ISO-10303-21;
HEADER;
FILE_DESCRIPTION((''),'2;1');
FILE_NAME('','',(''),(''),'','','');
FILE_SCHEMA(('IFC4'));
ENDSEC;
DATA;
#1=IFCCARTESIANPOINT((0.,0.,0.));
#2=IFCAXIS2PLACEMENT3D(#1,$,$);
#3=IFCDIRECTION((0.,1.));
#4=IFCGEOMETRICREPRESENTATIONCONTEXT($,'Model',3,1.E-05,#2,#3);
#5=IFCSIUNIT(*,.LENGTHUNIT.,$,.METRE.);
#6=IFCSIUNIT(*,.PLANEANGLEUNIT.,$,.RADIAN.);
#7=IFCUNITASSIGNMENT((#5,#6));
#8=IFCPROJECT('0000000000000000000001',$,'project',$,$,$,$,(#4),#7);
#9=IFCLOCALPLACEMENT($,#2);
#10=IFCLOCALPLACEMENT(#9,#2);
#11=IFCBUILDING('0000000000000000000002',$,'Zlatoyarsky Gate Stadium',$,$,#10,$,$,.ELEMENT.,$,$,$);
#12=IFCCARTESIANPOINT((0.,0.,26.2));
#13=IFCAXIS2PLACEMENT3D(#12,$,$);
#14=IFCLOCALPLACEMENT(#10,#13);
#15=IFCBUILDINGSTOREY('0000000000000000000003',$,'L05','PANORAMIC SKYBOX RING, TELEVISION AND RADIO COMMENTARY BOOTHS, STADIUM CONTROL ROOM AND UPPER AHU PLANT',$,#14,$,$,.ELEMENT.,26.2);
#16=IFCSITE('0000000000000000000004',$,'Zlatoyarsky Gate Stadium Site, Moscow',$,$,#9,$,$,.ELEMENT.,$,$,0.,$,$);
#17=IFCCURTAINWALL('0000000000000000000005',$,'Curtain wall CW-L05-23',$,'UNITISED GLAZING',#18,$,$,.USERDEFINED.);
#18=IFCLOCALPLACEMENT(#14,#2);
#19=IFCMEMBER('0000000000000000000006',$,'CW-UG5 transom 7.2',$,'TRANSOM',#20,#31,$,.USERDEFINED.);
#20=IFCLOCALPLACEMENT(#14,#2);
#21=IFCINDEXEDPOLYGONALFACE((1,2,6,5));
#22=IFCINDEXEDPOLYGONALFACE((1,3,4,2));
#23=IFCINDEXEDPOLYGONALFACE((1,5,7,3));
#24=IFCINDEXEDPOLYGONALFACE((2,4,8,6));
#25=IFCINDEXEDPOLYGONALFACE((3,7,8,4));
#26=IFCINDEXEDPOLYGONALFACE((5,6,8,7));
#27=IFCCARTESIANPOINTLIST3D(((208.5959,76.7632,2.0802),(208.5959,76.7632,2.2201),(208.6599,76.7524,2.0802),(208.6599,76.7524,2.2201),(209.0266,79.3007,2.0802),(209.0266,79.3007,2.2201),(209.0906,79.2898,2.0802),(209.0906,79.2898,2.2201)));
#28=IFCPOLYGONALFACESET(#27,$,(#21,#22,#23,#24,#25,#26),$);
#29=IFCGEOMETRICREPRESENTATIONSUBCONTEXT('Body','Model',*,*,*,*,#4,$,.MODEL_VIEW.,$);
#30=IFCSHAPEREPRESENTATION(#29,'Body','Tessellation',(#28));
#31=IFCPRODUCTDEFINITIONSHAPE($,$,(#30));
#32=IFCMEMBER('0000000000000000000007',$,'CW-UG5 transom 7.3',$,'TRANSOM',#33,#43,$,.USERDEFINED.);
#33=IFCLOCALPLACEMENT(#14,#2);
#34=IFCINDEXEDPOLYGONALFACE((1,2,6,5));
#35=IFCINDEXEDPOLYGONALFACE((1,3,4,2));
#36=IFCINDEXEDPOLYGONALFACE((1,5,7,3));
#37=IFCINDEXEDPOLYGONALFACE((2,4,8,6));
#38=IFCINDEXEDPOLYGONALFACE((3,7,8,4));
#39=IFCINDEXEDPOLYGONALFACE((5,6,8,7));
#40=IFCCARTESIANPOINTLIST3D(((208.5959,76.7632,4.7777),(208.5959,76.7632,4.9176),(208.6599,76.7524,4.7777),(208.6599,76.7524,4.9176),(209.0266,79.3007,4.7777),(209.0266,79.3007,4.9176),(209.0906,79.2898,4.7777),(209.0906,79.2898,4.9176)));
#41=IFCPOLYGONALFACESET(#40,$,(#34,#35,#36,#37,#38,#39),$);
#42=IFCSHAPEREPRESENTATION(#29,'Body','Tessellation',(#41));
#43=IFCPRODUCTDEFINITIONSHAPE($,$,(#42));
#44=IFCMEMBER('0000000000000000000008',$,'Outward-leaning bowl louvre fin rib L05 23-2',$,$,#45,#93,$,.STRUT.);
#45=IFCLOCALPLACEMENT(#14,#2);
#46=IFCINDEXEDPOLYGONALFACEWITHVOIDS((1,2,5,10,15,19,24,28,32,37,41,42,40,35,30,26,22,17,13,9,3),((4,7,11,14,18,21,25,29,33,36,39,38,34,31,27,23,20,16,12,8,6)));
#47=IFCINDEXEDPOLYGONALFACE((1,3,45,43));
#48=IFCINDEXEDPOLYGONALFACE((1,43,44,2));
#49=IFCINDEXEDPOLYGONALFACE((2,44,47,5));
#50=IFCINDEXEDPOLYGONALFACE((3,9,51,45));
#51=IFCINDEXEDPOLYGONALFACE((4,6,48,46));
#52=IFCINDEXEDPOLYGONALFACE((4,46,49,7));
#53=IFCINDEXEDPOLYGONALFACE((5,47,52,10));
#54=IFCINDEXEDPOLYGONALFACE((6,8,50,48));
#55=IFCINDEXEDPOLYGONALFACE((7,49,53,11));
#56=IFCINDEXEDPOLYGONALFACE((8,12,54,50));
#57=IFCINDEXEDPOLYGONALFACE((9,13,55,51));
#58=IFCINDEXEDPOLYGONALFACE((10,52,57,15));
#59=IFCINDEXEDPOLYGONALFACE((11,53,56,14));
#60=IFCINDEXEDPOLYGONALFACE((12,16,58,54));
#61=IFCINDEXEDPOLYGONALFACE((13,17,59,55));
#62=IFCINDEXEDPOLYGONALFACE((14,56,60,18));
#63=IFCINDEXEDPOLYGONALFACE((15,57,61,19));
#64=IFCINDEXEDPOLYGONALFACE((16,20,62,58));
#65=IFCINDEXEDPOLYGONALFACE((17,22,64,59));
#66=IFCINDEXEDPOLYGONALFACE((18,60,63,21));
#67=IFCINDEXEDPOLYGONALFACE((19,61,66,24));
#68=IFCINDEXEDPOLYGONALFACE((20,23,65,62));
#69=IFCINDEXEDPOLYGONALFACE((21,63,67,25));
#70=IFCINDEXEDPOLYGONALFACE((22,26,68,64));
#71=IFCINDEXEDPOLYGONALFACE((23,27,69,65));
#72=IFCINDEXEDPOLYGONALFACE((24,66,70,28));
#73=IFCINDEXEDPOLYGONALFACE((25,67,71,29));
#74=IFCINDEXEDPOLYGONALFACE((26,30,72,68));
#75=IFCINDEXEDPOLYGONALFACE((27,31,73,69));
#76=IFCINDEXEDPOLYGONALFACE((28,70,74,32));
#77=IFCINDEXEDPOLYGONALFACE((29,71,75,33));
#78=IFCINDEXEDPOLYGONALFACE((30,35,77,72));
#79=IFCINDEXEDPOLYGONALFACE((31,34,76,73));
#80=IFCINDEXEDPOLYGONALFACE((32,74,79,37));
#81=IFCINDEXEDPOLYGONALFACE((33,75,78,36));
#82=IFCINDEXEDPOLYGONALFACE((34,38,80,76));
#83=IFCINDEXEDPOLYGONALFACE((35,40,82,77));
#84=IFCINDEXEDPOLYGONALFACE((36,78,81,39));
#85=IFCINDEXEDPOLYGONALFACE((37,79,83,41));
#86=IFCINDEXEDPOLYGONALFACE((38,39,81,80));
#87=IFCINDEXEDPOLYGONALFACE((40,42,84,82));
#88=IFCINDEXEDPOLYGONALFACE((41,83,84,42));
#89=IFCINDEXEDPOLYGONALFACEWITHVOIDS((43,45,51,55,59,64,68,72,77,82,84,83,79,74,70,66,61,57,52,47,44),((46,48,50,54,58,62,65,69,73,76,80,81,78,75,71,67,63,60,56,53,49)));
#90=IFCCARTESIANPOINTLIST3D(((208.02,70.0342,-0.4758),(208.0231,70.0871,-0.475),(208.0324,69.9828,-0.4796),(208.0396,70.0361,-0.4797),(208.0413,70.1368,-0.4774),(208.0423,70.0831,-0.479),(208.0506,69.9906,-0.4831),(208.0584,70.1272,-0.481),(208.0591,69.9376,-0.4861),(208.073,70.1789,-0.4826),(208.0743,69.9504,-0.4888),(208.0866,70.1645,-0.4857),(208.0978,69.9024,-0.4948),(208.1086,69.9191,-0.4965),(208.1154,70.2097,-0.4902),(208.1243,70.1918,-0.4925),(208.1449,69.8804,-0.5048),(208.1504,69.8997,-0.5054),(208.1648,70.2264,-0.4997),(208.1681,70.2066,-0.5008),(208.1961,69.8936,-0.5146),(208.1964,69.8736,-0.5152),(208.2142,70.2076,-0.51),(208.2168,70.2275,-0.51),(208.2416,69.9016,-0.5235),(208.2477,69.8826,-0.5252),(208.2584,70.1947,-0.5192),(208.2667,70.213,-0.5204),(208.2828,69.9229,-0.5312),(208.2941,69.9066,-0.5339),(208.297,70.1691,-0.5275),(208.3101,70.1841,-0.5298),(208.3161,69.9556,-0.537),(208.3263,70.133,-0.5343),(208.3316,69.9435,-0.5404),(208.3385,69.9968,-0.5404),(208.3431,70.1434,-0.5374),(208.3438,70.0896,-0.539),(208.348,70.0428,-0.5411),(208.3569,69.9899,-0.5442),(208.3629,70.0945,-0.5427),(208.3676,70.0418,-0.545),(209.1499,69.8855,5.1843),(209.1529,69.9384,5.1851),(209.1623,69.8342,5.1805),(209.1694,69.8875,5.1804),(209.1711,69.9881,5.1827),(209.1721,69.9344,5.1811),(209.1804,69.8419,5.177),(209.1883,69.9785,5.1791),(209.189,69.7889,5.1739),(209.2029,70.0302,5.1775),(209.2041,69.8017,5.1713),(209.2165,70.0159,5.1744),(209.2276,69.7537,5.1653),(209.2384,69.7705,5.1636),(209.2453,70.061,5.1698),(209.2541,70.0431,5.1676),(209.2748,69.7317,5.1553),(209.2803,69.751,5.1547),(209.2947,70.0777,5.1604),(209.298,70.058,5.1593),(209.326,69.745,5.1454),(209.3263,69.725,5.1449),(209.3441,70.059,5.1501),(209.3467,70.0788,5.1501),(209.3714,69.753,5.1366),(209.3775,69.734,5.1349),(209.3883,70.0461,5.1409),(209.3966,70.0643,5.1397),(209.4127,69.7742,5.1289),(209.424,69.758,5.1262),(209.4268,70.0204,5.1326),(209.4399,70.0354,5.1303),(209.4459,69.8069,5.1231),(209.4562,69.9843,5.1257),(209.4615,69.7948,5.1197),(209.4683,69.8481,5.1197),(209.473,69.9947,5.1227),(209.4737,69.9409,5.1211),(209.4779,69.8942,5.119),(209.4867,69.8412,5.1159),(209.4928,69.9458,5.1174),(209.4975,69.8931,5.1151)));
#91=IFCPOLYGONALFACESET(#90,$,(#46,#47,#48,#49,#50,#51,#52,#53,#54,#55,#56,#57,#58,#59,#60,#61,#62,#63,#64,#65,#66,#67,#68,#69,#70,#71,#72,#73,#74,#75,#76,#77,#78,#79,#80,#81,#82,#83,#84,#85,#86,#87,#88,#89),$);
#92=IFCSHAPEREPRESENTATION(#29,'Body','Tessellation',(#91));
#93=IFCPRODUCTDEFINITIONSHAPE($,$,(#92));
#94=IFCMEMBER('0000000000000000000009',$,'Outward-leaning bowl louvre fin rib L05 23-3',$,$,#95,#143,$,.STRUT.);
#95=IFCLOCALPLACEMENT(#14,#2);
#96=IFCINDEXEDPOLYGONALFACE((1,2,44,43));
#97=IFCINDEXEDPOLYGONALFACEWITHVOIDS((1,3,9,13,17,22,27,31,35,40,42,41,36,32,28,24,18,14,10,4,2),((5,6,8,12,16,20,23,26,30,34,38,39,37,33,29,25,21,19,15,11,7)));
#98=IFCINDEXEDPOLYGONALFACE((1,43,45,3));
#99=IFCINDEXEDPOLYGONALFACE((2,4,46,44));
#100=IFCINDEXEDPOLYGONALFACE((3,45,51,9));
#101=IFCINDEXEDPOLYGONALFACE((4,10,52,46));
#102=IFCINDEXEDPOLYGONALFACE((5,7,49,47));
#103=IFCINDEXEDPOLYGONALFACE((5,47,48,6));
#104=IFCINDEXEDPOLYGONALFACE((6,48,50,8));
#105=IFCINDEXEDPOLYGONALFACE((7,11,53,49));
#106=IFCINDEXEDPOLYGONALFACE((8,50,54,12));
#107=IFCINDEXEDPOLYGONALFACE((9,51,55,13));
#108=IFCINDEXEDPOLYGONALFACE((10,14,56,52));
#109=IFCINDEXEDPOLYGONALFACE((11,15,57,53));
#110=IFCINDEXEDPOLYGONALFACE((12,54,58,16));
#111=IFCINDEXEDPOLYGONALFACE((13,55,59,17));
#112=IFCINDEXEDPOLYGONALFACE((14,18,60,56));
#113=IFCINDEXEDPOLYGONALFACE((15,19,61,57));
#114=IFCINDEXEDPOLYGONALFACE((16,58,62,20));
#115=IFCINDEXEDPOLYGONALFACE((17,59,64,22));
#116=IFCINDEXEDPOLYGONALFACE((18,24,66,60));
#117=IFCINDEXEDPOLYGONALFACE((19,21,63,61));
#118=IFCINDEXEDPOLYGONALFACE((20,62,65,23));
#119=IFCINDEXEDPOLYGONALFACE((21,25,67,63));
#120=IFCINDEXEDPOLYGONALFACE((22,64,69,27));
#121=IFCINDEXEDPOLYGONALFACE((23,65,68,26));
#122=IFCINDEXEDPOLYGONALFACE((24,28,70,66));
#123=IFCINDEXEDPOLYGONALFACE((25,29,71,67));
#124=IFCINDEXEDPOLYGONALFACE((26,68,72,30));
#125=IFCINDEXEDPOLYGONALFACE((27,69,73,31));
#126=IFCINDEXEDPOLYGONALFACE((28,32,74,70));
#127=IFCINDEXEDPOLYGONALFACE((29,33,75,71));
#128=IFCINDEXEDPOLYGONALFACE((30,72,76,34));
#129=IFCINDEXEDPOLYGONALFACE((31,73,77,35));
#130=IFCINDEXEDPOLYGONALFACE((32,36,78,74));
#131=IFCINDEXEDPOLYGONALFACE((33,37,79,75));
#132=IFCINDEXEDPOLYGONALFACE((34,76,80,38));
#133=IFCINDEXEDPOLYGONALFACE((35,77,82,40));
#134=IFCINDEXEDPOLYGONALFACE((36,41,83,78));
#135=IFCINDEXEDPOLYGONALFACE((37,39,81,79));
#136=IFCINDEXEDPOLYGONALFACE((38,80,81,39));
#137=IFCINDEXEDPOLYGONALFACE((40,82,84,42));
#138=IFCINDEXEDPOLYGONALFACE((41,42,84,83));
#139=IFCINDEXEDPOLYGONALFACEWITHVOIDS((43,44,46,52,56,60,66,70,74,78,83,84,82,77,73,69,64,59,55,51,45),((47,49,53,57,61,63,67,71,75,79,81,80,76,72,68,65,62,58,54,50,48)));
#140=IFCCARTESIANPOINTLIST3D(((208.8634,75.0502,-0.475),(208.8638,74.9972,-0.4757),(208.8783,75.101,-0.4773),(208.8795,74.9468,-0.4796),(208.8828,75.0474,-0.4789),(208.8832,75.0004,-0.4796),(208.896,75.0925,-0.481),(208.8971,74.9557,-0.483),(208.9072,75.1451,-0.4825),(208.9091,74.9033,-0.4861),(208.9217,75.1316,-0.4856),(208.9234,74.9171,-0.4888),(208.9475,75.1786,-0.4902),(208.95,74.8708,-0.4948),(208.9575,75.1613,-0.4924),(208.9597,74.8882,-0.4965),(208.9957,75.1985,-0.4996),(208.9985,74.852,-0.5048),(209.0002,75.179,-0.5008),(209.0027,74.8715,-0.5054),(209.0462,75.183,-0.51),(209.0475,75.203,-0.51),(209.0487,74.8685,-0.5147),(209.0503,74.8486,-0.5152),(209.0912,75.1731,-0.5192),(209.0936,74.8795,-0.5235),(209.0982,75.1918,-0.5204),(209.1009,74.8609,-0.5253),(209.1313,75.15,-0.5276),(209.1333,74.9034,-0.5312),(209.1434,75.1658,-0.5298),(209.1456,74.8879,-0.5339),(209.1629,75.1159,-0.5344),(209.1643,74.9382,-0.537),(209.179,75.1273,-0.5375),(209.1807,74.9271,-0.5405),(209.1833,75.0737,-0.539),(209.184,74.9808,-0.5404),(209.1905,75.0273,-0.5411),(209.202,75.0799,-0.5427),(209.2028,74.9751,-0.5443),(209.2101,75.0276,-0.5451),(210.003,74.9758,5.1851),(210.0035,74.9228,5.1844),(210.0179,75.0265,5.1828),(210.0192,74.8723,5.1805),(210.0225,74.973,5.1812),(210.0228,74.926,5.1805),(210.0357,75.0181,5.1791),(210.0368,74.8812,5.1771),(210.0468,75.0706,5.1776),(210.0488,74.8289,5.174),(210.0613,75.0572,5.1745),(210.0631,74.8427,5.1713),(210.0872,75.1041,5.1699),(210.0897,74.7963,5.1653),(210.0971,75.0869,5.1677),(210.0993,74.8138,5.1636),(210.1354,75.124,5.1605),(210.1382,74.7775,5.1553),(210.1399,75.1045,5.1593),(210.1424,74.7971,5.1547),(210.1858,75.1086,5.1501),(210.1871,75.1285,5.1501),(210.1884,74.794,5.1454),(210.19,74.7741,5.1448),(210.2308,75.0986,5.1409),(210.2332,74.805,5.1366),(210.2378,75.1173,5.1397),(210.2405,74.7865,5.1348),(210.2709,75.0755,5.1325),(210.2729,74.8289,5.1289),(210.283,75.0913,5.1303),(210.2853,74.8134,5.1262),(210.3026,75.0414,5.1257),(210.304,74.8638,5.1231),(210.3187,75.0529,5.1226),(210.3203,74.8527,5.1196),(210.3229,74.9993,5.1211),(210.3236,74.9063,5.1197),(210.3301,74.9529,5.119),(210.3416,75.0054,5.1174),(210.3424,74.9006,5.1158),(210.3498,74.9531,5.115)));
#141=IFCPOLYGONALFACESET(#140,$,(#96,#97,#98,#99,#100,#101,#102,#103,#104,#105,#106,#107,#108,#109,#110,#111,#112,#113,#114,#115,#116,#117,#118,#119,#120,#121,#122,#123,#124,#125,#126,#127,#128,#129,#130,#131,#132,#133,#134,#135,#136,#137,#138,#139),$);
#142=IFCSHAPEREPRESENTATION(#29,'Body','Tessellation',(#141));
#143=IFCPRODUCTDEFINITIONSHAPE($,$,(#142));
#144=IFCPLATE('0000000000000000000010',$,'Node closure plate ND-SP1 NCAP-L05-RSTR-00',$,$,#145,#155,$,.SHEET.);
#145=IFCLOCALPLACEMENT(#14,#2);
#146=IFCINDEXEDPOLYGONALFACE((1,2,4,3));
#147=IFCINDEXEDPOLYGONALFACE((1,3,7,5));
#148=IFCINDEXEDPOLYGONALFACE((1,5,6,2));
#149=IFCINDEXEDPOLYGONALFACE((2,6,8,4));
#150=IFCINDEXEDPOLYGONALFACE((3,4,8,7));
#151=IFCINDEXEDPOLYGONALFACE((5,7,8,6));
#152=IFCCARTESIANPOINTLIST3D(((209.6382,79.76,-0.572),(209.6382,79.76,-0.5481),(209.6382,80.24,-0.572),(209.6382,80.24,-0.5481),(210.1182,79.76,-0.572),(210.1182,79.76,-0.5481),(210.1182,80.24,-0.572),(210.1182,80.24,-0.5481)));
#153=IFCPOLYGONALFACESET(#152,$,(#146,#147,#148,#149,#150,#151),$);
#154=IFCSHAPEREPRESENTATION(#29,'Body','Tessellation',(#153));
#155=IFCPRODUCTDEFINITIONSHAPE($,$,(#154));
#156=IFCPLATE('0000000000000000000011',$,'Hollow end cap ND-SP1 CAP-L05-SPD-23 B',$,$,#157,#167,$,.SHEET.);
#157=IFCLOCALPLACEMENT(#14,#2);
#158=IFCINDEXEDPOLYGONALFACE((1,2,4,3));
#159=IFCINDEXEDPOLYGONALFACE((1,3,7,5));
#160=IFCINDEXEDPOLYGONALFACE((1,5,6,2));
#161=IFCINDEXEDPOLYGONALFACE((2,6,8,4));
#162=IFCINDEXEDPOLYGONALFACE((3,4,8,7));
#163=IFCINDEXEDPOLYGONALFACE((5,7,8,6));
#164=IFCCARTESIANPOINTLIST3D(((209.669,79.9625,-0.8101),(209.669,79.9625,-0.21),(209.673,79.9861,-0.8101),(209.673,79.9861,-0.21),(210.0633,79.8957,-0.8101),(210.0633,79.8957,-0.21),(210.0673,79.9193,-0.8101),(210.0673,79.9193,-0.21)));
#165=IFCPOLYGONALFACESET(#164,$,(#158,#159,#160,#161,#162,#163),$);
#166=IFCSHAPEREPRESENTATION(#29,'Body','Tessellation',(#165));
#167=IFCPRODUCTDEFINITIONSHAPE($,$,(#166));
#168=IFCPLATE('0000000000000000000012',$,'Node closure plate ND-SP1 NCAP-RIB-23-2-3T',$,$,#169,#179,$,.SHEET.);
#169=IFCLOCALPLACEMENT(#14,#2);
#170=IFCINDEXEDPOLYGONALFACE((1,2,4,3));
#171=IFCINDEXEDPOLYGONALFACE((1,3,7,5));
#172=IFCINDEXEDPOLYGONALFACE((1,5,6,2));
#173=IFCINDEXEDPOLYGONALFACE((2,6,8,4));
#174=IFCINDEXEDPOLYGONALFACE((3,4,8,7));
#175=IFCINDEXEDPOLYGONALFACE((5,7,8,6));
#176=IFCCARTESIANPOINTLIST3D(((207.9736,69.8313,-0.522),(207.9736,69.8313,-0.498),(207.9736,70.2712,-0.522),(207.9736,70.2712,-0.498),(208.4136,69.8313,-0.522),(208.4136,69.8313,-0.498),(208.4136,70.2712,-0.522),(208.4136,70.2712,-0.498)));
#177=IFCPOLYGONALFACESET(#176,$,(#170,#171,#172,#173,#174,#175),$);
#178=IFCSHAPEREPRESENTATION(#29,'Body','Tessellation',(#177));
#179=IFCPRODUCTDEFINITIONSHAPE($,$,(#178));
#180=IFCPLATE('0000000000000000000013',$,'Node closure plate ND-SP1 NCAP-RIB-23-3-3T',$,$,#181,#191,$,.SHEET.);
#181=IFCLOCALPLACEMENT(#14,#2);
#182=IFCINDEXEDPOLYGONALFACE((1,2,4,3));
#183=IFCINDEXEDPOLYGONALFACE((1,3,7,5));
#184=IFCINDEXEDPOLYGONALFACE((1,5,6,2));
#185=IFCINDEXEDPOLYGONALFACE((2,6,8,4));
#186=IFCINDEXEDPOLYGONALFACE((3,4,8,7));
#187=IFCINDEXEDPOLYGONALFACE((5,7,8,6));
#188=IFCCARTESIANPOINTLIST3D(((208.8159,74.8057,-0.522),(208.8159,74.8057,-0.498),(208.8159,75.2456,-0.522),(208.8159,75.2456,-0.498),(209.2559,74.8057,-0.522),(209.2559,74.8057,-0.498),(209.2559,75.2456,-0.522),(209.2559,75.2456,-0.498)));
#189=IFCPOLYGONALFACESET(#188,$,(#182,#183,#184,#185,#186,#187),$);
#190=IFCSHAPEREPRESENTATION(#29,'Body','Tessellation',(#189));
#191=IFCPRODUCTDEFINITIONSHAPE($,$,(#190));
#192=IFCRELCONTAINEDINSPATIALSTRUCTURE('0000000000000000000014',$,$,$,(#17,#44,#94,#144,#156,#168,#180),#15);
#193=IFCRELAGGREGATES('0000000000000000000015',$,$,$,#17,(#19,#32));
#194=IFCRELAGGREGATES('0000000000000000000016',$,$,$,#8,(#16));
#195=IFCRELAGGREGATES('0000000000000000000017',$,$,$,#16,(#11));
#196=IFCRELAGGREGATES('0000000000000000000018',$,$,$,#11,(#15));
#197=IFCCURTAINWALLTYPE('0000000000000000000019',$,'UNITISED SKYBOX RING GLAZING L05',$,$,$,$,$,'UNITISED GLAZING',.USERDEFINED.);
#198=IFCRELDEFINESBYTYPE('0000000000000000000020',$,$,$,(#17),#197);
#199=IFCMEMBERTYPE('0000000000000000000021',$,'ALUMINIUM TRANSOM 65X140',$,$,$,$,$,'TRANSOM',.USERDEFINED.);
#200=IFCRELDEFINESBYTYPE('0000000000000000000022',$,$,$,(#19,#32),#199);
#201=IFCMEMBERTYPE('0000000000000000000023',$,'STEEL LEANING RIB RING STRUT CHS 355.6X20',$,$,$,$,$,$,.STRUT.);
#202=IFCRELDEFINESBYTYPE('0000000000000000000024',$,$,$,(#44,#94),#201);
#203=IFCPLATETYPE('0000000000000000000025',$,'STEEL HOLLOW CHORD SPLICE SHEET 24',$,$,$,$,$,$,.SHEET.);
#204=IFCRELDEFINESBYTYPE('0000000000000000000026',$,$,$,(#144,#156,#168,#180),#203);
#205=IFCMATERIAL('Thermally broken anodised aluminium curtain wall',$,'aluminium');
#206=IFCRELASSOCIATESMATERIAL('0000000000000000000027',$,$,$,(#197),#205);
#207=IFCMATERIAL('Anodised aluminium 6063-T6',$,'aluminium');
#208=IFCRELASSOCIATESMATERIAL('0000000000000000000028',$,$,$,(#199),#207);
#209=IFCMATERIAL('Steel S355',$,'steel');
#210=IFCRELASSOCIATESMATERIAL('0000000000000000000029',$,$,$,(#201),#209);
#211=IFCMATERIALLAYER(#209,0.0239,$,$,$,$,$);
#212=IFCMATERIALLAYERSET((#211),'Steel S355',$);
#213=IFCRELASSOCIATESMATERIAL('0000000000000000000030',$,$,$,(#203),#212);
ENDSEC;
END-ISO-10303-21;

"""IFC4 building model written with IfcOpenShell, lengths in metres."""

from ifc_helpers import new_model, si_unit, direction, frame, origin, origin_2d, place, context, subcontext, project, spatial, rectangle, hollow_circle, extrude, material, layer, layer_set, material_profile, profile_set, type_object, element, aggregate, save


model = new_model("IFC4")

# Units and contexts
model_context = context("Model", 3, precision=1e-05, world=origin(), true_north=direction((0.0, 1.0)))
body_context = subcontext(model_context, "Body", "Model", "MODEL_VIEW")
ifc_project = project(units=[si_unit("LENGTHUNIT", "METRE"), si_unit("PLANEANGLEUNIT", "RADIAN")], contexts=[model_context])

# Site, building, storey
site_placement = place(None, origin())
site = spatial("IfcSite", under=ifc_project, at=site_placement, Name="Zlatoyarsky Gate Stadium Site, Moscow", CompositionType="ELEMENT", RefElevation=0.0)
building_placement = place(site_placement, origin())
building = spatial("IfcBuilding", under=site, at=building_placement, Name="Zlatoyarsky Gate Stadium", CompositionType="ELEMENT")
storey_placement = place(building_placement, frame((0.0, 0.0, 26.2)))
storey = spatial("IfcBuildingStorey", under=building, at=storey_placement, Name="L05", Description="PANORAMIC SKYBOX RING, TELEVISION AND RADIO COMMENTARY BOOTHS, STADIUM CONTROL ROOM AND UPPER AHU PLANT", CompositionType="ELEMENT", Elevation=26.2)

# Curtain wall, members
ifc_material_1 = material(Name="Thermally broken anodised aluminium curtain wall", Category="aluminium")
curtain_wall_type = type_object("IfcCurtainWallType", Name="UNITISED SKYBOX RING GLAZING L05", ElementType="UNITISED GLAZING", PredefinedType="USERDEFINED", material=ifc_material_1)
curtain_wall_placement = place(storey_placement, origin())
curtain_wall = element("IfcCurtainWall", 1, at=curtain_wall_placement, inside=storey, type_object=curtain_wall_type, Name="Curtain wall CW-L05-23", ObjectType="UNITISED GLAZING", PredefinedType="USERDEFINED")
ifc_material_2 = material(Name="Anodised aluminium 6063-T6", Category="aluminium")
ifc_material_profile_1 = material_profile(ifc_material_2, rectangle(XDim=0.0649, YDim=0.1399, at=origin_2d()), Name="ALU 65X140")
ifc_profile_set_1 = profile_set([ifc_material_profile_1], Name="Anodised aluminium 6063-T6")
member_type_1 = type_object("IfcMemberType", Name="ALUMINIUM TRANSOM 65X140", ElementType="TRANSOM", PredefinedType="USERDEFINED", material=ifc_profile_set_1)
member_1_placement = place(storey_placement, frame((208.6279, 76.7578, 2.1501), z_axis=(0.167336, 0.9859, 0.0), x_axis=(-0.9859, 0.167336, 0.0)))
member_1 = element("IfcMember", 2, at=member_1_placement, type_object=member_type_1, Name="CW-UG5 transom 7.2", ObjectType="TRANSOM", PredefinedType="USERDEFINED", context=body_context, shape_type="SweptSolid", body=[
    extrude(rectangle(XDim=0.0649, YDim=0.1399, at=origin_2d()), origin(), (0.0, 0.0, 1.0), 2.5737),
])
member_2_placement = place(storey_placement, frame((208.6279, 76.7578, 4.8477), z_axis=(0.167336, 0.9859, 0.0), x_axis=(-0.9859, 0.167336, 0.0)))
member_2 = element("IfcMember", 3, at=member_2_placement, type_object=member_type_1, Name="CW-UG5 transom 7.3", ObjectType="TRANSOM", PredefinedType="USERDEFINED", context=body_context, shape_type="SweptSolid", body=[
    extrude(rectangle(XDim=0.0649, YDim=0.1399, at=origin_2d()), origin(), (0.0, 0.0, 1.0), 2.5737),
])

# Members
ifc_material_3 = material(Name="Steel S355", Category="steel")
ifc_material_profile_2 = material_profile(ifc_material_3, hollow_circle(Radius=0.1777, WallThickness=0.02, at=origin_2d()), Name="CHS 355.6X20")
ifc_profile_set_2 = profile_set([ifc_material_profile_2], Name="Steel S355")
member_type_2 = type_object("IfcMemberType", Name="STEEL LEANING RIB RING STRUT CHS 355.6X20", PredefinedType="STRUT", material=ifc_profile_set_2)
member_3_placement = place(storey_placement, frame((208.1936, 70.0513, -0.51), z_axis=(0.195693, -0.025751, 0.980327), x_axis=(0.130466, 0.991453, 0.0)))
element("IfcMember", 4, at=member_3_placement, inside=storey, type_object=member_type_2, Name="Outward-leaning bowl louvre fin rib L05 23-2", PredefinedType="STRUT", context=body_context, shape_type="SweptSolid", body=[
    extrude(hollow_circle(Radius=0.1777, WallThickness=0.02, at=origin_2d()), origin(), (0.0, 0.0, 1.0), 5.7737),
])
member_4_placement = place(storey_placement, frame((209.0359, 75.0256, -0.51), z_axis=(0.197368, -0.012896, 0.980245), x_axis=(0.065199, 0.997872, 0.0)))
element("IfcMember", 5, at=member_4_placement, inside=storey, type_object=member_type_2, Name="Outward-leaning bowl louvre fin rib L05 23-3", PredefinedType="STRUT", context=body_context, shape_type="SweptSolid", body=[
    extrude(hollow_circle(Radius=0.1777, WallThickness=0.02, at=origin_2d()), origin(), (0.0, 0.0, 1.0), 5.7742),
])

# Plates
ifc_layer_1 = layer(ifc_material_3, 0.0239)
ifc_layer_set_1 = layer_set([ifc_layer_1], Name="Steel S355")
plate_type_1 = type_object("IfcPlateType", Name="STEEL HOLLOW CHORD SPLICE SHEET 24", PredefinedType="SHEET", material=ifc_layer_set_1)
plate_1_placement = place(storey_placement, frame((209.8782, 80.0, -0.572), z_axis=(0.0, 0.0, 1.0), x_axis=(1.0, 0.0, 0.0)))
element("IfcPlate", 6, at=plate_1_placement, inside=storey, type_object=plate_type_1, Name="Node closure plate ND-SP1 NCAP-L05-RSTR-00", PredefinedType="SHEET", context=body_context, shape_type="SweptSolid", body=[
    extrude(rectangle(XDim=0.48, YDim=0.48, at=origin_2d()), origin(), (0.0, 0.0, 1.0), 0.0239),
])
plate_2_placement = place(storey_placement, frame((209.8682, 79.9409, -0.8101), z_axis=(0.0, 0.0, 1.0), x_axis=(0.166951, 0.985965, 0.0)))
element("IfcPlate", 7, at=plate_2_placement, inside=storey, type_object=plate_type_1, Name="Hollow end cap ND-SP1 CAP-L05-SPD-23 B", PredefinedType="SHEET", context=body_context, shape_type="SweptSolid", body=[
    extrude(rectangle(XDim=0.0239, YDim=0.3999, at=origin_2d()), origin(), (0.0, 0.0, 1.0), 0.6001),
])
for number, where, z_axis, x_axis, name in (
    (8, (208.1936, 70.0513, -0.522), (0.0, 0.0, 1.0), (1.0, 0.0, 0.0), "Node closure plate ND-SP1 NCAP-RIB-23-2-3T"),
    (9, (209.0359, 75.0256, -0.522), (0.0, 0.0, 1.0), (1.0, 0.0, 0.0), "Node closure plate ND-SP1 NCAP-RIB-23-3-3T"),
):
    element("IfcPlate", number, at=place(storey_placement, frame(where, z_axis=z_axis, x_axis=x_axis)), inside=storey, type_object=plate_type_1, Name=name, PredefinedType="SHEET", context=body_context, shape_type="SweptSolid", body=[
        extrude(rectangle(XDim=0.4399, YDim=0.4399, at=origin_2d()), origin(), (0.0, 0.0, 1.0), 0.0239),
    ])

aggregate(curtain_wall, [member_1, member_2])

save(model, "model.ifc")
